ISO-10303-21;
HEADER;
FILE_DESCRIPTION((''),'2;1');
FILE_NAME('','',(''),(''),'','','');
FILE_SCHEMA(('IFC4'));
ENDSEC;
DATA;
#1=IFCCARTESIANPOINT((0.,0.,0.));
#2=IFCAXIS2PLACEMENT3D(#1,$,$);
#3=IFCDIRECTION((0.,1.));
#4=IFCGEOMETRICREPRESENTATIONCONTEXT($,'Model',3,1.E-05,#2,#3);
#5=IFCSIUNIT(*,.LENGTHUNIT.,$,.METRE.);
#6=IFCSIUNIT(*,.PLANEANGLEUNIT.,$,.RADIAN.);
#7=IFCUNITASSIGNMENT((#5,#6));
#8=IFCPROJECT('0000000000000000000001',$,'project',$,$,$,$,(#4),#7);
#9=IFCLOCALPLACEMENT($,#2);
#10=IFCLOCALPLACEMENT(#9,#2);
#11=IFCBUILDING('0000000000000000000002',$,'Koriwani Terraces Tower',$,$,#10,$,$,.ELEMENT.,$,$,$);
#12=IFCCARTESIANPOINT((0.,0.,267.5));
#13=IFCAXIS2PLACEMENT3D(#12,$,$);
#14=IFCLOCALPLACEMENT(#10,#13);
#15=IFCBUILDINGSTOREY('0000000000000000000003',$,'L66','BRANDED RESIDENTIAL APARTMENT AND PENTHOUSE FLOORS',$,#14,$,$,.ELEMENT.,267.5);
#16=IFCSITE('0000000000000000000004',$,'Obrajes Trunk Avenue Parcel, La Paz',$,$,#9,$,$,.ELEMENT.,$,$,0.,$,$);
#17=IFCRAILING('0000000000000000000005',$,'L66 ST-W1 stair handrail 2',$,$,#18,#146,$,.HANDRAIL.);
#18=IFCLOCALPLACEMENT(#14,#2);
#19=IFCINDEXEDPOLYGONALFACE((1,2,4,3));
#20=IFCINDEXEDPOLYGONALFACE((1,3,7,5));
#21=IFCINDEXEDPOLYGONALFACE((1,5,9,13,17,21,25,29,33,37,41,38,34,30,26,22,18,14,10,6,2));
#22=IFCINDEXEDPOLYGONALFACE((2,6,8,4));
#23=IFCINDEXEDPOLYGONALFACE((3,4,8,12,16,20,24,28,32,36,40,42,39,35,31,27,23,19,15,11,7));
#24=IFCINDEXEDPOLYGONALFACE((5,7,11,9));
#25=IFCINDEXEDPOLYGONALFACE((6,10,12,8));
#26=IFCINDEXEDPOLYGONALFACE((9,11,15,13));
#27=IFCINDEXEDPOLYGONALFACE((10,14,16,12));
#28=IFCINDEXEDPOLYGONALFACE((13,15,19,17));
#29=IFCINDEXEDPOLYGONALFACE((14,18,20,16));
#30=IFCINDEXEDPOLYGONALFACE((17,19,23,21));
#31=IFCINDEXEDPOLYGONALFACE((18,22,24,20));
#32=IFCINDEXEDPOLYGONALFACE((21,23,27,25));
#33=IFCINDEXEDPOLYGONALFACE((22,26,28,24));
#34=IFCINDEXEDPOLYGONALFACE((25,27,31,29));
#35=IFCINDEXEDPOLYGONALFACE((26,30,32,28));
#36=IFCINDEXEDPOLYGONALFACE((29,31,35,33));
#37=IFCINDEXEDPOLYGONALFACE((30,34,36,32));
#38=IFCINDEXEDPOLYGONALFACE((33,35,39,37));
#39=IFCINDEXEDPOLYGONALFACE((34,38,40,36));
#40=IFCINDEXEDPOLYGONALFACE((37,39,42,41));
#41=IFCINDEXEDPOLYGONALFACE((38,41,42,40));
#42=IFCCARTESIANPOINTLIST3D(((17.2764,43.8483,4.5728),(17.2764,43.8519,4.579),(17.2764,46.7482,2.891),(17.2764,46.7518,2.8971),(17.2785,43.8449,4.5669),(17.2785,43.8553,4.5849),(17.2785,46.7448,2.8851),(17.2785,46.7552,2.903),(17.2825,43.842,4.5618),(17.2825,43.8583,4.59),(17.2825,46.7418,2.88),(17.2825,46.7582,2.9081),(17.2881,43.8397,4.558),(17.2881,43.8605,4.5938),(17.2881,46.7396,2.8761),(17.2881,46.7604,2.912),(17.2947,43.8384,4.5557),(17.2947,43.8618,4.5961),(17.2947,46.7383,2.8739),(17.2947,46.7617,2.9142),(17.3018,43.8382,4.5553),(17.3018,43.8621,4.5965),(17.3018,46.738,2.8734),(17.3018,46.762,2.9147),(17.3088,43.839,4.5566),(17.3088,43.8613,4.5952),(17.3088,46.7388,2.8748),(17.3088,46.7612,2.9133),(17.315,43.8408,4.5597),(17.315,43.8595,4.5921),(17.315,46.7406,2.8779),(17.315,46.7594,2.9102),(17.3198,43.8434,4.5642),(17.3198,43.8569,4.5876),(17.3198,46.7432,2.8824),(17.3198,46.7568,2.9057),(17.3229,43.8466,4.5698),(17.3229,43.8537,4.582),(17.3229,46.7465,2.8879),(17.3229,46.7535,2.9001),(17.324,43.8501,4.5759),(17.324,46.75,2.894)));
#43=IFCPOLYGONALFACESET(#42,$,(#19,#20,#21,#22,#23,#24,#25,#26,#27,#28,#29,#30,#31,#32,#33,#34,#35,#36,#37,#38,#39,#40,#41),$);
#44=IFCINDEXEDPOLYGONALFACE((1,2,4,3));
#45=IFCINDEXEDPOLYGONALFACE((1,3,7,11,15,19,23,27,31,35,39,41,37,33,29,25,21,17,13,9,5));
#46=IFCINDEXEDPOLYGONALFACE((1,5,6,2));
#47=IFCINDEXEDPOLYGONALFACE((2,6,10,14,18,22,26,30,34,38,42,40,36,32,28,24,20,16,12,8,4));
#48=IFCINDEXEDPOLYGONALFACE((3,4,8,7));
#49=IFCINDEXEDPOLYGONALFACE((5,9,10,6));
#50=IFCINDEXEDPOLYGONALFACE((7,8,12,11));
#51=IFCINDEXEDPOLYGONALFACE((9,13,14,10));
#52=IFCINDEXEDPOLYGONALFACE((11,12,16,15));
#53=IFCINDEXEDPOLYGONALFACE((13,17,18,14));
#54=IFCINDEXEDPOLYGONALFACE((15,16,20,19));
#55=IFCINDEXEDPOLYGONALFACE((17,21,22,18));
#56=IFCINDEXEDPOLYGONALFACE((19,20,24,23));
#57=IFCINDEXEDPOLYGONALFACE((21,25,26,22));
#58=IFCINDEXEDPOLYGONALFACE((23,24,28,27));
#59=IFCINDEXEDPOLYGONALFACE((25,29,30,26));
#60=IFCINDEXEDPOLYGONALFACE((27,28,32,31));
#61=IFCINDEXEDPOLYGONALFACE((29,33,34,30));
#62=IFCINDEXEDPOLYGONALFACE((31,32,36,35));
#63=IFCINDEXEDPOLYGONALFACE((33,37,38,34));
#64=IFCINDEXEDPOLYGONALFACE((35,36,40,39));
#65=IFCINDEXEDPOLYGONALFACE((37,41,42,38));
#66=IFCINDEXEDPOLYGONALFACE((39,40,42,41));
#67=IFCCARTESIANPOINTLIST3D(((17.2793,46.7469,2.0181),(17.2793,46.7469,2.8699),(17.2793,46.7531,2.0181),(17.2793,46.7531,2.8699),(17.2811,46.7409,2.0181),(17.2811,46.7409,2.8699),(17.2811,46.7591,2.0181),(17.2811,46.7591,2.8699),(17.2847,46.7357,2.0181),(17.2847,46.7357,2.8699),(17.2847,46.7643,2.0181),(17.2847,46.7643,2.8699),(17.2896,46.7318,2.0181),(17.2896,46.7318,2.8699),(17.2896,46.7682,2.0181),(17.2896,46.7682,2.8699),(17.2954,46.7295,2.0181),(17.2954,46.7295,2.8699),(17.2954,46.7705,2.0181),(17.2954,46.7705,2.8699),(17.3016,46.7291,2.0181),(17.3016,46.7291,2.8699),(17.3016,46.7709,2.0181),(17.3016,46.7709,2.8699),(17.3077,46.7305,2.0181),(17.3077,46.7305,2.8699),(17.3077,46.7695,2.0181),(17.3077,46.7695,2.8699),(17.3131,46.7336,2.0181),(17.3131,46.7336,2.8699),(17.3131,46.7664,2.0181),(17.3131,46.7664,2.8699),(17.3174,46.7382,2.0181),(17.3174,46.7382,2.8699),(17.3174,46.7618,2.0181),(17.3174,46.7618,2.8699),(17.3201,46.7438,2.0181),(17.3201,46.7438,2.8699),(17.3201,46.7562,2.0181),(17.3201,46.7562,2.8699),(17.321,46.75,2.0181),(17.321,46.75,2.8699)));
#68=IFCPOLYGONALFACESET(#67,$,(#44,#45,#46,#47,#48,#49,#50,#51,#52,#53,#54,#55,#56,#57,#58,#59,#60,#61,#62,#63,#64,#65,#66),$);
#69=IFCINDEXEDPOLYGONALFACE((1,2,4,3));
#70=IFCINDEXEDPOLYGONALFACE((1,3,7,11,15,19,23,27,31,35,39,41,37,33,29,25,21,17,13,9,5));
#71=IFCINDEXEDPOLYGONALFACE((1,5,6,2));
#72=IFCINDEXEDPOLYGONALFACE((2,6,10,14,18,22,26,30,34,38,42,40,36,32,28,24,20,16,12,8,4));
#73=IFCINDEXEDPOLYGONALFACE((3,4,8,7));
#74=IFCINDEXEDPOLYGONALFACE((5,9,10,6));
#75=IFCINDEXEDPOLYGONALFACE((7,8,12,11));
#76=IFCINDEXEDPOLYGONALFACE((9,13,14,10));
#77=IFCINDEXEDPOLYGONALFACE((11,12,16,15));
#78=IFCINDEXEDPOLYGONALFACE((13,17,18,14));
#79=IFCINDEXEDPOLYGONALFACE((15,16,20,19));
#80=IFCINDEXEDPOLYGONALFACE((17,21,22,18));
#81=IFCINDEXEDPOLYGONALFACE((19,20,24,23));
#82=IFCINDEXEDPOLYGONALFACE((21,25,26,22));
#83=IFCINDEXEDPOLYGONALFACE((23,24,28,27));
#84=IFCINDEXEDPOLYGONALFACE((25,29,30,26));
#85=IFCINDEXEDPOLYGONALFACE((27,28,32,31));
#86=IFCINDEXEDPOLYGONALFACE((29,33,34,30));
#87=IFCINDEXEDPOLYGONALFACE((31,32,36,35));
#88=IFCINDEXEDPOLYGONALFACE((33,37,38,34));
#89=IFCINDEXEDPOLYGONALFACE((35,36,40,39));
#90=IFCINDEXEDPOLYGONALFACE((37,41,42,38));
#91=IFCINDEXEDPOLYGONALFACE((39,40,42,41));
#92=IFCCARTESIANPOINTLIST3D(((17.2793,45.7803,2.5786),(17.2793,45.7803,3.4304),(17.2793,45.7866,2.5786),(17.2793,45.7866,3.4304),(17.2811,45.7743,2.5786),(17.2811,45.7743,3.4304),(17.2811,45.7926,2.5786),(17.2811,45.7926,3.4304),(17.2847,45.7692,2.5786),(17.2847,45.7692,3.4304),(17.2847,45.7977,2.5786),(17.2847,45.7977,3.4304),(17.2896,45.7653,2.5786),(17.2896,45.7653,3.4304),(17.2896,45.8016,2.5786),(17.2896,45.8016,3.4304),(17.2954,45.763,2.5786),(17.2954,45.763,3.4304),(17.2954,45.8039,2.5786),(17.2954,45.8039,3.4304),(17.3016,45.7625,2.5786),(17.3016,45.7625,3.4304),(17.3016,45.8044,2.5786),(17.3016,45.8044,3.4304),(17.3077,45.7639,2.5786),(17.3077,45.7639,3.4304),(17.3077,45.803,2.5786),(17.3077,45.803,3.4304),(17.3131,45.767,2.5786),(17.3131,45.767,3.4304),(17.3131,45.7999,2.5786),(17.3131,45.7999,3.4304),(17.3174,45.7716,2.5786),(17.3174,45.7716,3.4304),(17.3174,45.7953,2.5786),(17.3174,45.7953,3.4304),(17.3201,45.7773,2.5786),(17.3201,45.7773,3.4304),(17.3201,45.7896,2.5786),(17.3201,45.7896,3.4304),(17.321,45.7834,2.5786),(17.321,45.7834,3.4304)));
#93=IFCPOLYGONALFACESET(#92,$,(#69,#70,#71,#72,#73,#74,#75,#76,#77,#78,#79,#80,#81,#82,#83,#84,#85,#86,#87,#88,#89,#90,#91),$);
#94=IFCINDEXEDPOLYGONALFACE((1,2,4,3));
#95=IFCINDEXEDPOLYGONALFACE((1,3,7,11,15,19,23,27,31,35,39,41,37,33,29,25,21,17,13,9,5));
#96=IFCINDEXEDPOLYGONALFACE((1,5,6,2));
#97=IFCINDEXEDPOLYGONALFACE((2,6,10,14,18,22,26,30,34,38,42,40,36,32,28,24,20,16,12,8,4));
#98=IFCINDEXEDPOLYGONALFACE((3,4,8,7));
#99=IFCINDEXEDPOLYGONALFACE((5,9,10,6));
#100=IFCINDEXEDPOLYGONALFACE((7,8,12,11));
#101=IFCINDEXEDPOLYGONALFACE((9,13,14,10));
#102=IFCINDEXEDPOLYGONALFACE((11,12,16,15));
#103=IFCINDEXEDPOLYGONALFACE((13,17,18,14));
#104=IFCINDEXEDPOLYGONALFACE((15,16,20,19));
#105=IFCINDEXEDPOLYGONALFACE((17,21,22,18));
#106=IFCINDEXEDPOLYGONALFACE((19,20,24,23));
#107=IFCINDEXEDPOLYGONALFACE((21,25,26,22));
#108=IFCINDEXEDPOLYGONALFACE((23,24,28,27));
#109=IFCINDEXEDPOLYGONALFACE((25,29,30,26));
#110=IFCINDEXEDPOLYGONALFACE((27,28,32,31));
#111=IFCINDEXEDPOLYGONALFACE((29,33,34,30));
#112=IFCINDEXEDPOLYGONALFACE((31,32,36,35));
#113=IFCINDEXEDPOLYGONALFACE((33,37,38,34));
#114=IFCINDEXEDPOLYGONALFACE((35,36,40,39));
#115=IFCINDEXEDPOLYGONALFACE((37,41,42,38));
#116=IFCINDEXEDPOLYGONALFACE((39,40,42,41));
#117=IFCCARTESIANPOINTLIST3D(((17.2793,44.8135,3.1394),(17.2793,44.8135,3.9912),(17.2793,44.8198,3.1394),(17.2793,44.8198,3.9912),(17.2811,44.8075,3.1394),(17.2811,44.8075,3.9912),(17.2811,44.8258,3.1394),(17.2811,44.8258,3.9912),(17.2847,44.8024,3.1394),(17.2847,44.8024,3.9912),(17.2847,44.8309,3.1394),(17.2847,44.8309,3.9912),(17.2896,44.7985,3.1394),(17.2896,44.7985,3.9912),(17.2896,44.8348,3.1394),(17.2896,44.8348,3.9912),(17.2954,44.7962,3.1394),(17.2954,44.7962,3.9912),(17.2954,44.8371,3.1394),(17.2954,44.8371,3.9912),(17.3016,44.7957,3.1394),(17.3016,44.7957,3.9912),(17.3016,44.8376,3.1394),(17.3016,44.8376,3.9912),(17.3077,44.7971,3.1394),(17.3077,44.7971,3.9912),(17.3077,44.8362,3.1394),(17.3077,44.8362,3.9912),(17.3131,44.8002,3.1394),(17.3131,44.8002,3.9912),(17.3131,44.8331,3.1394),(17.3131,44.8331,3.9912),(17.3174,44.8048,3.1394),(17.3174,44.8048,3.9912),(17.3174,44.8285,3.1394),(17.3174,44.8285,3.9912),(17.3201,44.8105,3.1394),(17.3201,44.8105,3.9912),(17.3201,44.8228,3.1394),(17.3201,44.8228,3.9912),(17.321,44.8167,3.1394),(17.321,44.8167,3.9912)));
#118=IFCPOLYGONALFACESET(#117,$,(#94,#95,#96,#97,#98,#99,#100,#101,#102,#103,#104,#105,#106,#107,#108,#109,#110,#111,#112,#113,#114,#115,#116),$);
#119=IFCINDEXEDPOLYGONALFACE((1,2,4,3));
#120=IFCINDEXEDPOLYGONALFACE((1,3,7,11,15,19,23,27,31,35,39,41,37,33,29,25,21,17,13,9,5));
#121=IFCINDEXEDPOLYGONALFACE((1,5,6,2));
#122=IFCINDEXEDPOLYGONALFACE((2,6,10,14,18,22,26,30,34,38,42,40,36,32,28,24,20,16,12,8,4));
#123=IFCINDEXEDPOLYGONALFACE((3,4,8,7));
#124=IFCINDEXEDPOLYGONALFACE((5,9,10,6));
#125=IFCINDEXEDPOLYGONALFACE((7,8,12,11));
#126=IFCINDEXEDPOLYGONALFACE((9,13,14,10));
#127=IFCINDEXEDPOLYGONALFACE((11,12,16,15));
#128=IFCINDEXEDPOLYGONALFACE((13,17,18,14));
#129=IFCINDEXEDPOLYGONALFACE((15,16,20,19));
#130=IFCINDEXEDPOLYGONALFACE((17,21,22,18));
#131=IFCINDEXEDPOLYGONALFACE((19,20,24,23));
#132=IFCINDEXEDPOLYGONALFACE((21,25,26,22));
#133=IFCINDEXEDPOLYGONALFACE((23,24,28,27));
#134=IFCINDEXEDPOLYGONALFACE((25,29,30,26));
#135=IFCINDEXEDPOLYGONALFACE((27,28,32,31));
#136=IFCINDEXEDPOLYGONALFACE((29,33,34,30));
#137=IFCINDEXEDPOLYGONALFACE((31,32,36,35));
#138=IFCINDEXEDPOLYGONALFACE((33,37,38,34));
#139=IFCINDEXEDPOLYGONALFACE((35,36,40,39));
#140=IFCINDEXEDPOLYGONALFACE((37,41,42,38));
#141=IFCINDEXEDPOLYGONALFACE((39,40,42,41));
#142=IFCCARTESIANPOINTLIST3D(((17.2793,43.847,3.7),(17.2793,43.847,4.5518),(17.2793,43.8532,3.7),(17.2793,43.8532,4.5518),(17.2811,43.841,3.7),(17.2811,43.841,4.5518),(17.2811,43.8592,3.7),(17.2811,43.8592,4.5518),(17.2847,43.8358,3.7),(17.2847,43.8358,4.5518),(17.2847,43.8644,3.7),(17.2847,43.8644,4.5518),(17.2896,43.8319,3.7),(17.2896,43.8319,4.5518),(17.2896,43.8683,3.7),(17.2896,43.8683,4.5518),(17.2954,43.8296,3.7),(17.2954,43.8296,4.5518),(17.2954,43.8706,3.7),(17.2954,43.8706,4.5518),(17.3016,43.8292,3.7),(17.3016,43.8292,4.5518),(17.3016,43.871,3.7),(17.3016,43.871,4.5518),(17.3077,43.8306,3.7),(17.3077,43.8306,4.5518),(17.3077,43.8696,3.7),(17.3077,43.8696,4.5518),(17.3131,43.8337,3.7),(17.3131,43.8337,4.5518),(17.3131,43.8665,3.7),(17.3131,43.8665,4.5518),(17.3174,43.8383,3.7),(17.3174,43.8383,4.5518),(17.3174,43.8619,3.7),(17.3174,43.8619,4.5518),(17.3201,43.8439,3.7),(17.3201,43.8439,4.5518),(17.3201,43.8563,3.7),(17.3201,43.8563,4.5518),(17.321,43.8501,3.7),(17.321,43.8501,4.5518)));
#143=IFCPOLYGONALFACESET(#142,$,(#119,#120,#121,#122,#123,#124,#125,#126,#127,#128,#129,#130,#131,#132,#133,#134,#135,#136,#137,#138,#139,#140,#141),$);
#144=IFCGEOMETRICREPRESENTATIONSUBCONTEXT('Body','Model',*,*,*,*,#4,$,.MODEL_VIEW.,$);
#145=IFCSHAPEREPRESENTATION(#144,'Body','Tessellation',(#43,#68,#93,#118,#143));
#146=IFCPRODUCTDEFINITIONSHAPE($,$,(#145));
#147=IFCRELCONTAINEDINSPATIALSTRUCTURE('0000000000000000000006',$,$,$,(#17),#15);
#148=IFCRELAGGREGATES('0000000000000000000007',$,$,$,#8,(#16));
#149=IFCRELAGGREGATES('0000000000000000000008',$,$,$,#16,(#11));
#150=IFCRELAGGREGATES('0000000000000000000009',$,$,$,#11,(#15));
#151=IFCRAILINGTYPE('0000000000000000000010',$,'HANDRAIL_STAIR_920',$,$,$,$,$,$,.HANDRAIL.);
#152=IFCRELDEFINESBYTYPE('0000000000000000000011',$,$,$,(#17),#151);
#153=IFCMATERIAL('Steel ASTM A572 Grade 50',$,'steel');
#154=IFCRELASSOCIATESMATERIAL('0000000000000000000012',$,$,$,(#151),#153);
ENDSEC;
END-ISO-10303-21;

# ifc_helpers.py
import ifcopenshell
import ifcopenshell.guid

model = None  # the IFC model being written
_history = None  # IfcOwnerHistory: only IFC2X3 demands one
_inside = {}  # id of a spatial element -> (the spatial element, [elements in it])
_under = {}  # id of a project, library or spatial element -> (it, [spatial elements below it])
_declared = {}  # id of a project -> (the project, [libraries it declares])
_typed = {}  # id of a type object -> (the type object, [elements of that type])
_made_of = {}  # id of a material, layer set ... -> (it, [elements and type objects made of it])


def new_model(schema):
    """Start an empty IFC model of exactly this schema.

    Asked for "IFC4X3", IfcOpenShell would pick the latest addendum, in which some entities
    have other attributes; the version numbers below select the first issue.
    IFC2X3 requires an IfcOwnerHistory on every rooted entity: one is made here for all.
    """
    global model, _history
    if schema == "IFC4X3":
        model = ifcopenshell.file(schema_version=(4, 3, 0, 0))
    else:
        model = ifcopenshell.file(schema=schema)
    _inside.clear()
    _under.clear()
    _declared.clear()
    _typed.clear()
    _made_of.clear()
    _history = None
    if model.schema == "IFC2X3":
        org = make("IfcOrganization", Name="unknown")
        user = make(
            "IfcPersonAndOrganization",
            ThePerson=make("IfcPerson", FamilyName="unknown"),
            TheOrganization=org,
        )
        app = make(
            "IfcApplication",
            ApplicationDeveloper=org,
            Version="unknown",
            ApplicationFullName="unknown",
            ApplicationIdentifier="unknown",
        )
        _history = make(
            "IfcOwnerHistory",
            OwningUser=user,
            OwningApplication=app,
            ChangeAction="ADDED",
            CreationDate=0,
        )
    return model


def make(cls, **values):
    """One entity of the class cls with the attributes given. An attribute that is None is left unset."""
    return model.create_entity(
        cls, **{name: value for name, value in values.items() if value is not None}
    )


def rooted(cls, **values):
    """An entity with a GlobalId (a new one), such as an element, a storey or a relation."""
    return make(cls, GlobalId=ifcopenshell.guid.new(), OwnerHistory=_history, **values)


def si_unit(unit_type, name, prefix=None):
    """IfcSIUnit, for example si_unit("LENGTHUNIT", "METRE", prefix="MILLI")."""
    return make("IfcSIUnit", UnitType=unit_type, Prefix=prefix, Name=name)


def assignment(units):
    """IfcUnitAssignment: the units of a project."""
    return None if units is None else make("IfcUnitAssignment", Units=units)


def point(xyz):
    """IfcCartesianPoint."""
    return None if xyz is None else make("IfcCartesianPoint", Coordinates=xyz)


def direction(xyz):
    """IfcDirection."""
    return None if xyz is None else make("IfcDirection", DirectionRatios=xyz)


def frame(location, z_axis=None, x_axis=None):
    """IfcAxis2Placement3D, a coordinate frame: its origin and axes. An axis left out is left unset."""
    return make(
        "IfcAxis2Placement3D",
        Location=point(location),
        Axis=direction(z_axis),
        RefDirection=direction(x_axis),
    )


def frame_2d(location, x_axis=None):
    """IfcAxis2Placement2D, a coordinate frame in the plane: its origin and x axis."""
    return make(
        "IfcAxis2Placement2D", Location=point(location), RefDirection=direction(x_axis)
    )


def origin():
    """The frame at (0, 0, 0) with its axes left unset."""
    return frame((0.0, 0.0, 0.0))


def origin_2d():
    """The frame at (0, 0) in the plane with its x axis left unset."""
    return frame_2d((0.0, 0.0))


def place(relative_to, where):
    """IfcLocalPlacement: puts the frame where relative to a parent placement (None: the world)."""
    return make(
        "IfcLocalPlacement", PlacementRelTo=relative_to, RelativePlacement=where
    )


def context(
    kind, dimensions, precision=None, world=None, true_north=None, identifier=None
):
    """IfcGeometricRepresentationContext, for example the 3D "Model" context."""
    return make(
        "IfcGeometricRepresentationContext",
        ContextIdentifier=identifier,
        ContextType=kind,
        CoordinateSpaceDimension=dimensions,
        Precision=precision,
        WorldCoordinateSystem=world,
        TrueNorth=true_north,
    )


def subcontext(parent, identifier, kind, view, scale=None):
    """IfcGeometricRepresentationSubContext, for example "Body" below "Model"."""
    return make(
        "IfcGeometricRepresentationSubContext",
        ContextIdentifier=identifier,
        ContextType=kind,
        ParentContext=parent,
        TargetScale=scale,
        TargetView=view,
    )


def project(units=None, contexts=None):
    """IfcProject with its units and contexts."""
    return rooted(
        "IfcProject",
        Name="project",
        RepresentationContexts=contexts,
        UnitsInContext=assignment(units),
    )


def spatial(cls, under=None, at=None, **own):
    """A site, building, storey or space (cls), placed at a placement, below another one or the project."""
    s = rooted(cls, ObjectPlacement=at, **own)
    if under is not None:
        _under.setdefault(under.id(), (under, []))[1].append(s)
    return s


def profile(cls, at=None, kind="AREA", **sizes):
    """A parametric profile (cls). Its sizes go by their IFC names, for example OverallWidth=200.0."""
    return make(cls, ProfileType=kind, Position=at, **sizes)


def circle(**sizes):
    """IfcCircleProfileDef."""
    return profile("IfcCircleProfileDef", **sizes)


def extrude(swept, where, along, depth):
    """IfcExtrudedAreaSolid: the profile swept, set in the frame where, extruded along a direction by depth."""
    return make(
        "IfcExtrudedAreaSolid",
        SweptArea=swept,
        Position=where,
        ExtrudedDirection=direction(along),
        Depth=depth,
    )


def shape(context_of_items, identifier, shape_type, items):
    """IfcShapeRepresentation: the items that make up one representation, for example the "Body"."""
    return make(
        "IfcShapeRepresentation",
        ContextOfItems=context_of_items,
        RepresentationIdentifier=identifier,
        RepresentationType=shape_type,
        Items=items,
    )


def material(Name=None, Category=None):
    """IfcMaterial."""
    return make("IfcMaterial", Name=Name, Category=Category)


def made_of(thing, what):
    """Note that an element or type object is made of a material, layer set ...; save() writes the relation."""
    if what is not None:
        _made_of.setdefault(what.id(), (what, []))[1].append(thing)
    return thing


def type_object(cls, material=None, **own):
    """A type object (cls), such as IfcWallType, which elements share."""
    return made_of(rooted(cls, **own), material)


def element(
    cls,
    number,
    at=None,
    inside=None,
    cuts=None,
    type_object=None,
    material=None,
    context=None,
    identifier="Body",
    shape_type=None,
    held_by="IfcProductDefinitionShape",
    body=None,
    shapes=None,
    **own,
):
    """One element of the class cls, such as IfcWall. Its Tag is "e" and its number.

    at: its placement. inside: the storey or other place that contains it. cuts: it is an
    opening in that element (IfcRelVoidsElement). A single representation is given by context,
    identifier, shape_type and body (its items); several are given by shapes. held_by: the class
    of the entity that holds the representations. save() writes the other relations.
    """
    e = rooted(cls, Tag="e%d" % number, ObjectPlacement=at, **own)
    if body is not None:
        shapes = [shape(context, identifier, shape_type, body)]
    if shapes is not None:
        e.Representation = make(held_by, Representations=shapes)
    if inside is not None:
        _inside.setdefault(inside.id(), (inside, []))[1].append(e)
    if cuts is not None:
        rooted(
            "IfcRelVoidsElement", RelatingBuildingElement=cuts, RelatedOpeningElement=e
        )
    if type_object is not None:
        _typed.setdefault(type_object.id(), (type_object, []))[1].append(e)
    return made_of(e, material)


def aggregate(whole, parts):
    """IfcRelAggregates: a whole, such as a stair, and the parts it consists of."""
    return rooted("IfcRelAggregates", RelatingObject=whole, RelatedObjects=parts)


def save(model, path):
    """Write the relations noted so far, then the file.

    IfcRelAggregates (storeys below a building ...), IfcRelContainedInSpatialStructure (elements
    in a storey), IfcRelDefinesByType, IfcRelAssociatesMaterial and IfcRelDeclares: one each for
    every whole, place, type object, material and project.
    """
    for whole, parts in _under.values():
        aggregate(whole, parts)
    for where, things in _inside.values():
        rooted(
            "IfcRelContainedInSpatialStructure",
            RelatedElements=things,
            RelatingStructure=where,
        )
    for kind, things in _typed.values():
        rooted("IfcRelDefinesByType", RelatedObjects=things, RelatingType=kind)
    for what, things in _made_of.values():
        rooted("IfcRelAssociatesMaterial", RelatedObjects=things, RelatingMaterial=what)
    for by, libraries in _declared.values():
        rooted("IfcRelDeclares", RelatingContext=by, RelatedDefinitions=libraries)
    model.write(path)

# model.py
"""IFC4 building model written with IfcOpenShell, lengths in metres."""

from ifc_helpers import new_model, si_unit, direction, frame, origin, origin_2d, place, context, subcontext, project, spatial, circle, extrude, material, type_object, element, save


model = new_model("IFC4")

# Units and contexts
model_context = context("Model", 3, precision=1e-05, world=origin(), true_north=direction((0.0, 1.0)))
body_context = subcontext(model_context, "Body", "Model", "MODEL_VIEW")
ifc_project = project(units=[si_unit("LENGTHUNIT", "METRE"), si_unit("PLANEANGLEUNIT", "RADIAN")], contexts=[model_context])

# Site, building, storey
site_placement = place(None, origin())
site = spatial("IfcSite", under=ifc_project, at=site_placement, Name="Obrajes Trunk Avenue Parcel, La Paz", CompositionType="ELEMENT", RefElevation=0.0)
building_placement = place(site_placement, origin())
building = spatial("IfcBuilding", under=site, at=building_placement, Name="Koriwani Terraces Tower", CompositionType="ELEMENT")
storey_placement = place(building_placement, frame((0.0, 0.0, 267.5)))
storey = spatial("IfcBuildingStorey", under=building, at=storey_placement, Name="L66", Description="BRANDED RESIDENTIAL APARTMENT AND PENTHOUSE FLOORS", CompositionType="ELEMENT", Elevation=267.5)

# Shared definitions
ifc_material_1 = material(Name="Steel ASTM A572 Grade 50", Category="steel")

# Railing
railing_type_1 = type_object("IfcRailingType", Name="HANDRAIL_STAIR_920", PredefinedType="HANDRAIL", material=ifc_material_1)
railing_1_placement = place(storey_placement, frame((17.3, 46.75, 2.0181)))
element("IfcRailing", 1, at=railing_1_placement, inside=storey, type_object=railing_type_1, Name="L66 ST-W1 stair handrail 2", PredefinedType="HANDRAIL", context=body_context, shape_type="SweptSolid", body=[
    extrude(circle(Radius=0.0239, at=origin_2d()), frame((0.0, 0.0, 0.876), z_axis=(0.0, -0.865039, 0.501705), x_axis=(1.0, 0.0, 0.0)), (0.0, 0.0, 1.0), 3.3523),
    extrude(circle(Radius=0.021, at=origin_2d()), origin(), (0.0, 0.0, 1.0), 0.8518),
    extrude(circle(Radius=0.021, at=origin_2d()), frame((0.0, -0.9666, 0.5605)), (0.0, 0.0, 1.0), 0.8518),
    extrude(circle(Radius=0.021, at=origin_2d()), frame((0.0, -1.9333, 1.1213)), (0.0, 0.0, 1.0), 0.8518),
    extrude(circle(Radius=0.021, at=origin_2d()), frame((0.0, -2.8999, 1.6819)), (0.0, 0.0, 1.0), 0.8518),
])

save(model, "model.ifc")
